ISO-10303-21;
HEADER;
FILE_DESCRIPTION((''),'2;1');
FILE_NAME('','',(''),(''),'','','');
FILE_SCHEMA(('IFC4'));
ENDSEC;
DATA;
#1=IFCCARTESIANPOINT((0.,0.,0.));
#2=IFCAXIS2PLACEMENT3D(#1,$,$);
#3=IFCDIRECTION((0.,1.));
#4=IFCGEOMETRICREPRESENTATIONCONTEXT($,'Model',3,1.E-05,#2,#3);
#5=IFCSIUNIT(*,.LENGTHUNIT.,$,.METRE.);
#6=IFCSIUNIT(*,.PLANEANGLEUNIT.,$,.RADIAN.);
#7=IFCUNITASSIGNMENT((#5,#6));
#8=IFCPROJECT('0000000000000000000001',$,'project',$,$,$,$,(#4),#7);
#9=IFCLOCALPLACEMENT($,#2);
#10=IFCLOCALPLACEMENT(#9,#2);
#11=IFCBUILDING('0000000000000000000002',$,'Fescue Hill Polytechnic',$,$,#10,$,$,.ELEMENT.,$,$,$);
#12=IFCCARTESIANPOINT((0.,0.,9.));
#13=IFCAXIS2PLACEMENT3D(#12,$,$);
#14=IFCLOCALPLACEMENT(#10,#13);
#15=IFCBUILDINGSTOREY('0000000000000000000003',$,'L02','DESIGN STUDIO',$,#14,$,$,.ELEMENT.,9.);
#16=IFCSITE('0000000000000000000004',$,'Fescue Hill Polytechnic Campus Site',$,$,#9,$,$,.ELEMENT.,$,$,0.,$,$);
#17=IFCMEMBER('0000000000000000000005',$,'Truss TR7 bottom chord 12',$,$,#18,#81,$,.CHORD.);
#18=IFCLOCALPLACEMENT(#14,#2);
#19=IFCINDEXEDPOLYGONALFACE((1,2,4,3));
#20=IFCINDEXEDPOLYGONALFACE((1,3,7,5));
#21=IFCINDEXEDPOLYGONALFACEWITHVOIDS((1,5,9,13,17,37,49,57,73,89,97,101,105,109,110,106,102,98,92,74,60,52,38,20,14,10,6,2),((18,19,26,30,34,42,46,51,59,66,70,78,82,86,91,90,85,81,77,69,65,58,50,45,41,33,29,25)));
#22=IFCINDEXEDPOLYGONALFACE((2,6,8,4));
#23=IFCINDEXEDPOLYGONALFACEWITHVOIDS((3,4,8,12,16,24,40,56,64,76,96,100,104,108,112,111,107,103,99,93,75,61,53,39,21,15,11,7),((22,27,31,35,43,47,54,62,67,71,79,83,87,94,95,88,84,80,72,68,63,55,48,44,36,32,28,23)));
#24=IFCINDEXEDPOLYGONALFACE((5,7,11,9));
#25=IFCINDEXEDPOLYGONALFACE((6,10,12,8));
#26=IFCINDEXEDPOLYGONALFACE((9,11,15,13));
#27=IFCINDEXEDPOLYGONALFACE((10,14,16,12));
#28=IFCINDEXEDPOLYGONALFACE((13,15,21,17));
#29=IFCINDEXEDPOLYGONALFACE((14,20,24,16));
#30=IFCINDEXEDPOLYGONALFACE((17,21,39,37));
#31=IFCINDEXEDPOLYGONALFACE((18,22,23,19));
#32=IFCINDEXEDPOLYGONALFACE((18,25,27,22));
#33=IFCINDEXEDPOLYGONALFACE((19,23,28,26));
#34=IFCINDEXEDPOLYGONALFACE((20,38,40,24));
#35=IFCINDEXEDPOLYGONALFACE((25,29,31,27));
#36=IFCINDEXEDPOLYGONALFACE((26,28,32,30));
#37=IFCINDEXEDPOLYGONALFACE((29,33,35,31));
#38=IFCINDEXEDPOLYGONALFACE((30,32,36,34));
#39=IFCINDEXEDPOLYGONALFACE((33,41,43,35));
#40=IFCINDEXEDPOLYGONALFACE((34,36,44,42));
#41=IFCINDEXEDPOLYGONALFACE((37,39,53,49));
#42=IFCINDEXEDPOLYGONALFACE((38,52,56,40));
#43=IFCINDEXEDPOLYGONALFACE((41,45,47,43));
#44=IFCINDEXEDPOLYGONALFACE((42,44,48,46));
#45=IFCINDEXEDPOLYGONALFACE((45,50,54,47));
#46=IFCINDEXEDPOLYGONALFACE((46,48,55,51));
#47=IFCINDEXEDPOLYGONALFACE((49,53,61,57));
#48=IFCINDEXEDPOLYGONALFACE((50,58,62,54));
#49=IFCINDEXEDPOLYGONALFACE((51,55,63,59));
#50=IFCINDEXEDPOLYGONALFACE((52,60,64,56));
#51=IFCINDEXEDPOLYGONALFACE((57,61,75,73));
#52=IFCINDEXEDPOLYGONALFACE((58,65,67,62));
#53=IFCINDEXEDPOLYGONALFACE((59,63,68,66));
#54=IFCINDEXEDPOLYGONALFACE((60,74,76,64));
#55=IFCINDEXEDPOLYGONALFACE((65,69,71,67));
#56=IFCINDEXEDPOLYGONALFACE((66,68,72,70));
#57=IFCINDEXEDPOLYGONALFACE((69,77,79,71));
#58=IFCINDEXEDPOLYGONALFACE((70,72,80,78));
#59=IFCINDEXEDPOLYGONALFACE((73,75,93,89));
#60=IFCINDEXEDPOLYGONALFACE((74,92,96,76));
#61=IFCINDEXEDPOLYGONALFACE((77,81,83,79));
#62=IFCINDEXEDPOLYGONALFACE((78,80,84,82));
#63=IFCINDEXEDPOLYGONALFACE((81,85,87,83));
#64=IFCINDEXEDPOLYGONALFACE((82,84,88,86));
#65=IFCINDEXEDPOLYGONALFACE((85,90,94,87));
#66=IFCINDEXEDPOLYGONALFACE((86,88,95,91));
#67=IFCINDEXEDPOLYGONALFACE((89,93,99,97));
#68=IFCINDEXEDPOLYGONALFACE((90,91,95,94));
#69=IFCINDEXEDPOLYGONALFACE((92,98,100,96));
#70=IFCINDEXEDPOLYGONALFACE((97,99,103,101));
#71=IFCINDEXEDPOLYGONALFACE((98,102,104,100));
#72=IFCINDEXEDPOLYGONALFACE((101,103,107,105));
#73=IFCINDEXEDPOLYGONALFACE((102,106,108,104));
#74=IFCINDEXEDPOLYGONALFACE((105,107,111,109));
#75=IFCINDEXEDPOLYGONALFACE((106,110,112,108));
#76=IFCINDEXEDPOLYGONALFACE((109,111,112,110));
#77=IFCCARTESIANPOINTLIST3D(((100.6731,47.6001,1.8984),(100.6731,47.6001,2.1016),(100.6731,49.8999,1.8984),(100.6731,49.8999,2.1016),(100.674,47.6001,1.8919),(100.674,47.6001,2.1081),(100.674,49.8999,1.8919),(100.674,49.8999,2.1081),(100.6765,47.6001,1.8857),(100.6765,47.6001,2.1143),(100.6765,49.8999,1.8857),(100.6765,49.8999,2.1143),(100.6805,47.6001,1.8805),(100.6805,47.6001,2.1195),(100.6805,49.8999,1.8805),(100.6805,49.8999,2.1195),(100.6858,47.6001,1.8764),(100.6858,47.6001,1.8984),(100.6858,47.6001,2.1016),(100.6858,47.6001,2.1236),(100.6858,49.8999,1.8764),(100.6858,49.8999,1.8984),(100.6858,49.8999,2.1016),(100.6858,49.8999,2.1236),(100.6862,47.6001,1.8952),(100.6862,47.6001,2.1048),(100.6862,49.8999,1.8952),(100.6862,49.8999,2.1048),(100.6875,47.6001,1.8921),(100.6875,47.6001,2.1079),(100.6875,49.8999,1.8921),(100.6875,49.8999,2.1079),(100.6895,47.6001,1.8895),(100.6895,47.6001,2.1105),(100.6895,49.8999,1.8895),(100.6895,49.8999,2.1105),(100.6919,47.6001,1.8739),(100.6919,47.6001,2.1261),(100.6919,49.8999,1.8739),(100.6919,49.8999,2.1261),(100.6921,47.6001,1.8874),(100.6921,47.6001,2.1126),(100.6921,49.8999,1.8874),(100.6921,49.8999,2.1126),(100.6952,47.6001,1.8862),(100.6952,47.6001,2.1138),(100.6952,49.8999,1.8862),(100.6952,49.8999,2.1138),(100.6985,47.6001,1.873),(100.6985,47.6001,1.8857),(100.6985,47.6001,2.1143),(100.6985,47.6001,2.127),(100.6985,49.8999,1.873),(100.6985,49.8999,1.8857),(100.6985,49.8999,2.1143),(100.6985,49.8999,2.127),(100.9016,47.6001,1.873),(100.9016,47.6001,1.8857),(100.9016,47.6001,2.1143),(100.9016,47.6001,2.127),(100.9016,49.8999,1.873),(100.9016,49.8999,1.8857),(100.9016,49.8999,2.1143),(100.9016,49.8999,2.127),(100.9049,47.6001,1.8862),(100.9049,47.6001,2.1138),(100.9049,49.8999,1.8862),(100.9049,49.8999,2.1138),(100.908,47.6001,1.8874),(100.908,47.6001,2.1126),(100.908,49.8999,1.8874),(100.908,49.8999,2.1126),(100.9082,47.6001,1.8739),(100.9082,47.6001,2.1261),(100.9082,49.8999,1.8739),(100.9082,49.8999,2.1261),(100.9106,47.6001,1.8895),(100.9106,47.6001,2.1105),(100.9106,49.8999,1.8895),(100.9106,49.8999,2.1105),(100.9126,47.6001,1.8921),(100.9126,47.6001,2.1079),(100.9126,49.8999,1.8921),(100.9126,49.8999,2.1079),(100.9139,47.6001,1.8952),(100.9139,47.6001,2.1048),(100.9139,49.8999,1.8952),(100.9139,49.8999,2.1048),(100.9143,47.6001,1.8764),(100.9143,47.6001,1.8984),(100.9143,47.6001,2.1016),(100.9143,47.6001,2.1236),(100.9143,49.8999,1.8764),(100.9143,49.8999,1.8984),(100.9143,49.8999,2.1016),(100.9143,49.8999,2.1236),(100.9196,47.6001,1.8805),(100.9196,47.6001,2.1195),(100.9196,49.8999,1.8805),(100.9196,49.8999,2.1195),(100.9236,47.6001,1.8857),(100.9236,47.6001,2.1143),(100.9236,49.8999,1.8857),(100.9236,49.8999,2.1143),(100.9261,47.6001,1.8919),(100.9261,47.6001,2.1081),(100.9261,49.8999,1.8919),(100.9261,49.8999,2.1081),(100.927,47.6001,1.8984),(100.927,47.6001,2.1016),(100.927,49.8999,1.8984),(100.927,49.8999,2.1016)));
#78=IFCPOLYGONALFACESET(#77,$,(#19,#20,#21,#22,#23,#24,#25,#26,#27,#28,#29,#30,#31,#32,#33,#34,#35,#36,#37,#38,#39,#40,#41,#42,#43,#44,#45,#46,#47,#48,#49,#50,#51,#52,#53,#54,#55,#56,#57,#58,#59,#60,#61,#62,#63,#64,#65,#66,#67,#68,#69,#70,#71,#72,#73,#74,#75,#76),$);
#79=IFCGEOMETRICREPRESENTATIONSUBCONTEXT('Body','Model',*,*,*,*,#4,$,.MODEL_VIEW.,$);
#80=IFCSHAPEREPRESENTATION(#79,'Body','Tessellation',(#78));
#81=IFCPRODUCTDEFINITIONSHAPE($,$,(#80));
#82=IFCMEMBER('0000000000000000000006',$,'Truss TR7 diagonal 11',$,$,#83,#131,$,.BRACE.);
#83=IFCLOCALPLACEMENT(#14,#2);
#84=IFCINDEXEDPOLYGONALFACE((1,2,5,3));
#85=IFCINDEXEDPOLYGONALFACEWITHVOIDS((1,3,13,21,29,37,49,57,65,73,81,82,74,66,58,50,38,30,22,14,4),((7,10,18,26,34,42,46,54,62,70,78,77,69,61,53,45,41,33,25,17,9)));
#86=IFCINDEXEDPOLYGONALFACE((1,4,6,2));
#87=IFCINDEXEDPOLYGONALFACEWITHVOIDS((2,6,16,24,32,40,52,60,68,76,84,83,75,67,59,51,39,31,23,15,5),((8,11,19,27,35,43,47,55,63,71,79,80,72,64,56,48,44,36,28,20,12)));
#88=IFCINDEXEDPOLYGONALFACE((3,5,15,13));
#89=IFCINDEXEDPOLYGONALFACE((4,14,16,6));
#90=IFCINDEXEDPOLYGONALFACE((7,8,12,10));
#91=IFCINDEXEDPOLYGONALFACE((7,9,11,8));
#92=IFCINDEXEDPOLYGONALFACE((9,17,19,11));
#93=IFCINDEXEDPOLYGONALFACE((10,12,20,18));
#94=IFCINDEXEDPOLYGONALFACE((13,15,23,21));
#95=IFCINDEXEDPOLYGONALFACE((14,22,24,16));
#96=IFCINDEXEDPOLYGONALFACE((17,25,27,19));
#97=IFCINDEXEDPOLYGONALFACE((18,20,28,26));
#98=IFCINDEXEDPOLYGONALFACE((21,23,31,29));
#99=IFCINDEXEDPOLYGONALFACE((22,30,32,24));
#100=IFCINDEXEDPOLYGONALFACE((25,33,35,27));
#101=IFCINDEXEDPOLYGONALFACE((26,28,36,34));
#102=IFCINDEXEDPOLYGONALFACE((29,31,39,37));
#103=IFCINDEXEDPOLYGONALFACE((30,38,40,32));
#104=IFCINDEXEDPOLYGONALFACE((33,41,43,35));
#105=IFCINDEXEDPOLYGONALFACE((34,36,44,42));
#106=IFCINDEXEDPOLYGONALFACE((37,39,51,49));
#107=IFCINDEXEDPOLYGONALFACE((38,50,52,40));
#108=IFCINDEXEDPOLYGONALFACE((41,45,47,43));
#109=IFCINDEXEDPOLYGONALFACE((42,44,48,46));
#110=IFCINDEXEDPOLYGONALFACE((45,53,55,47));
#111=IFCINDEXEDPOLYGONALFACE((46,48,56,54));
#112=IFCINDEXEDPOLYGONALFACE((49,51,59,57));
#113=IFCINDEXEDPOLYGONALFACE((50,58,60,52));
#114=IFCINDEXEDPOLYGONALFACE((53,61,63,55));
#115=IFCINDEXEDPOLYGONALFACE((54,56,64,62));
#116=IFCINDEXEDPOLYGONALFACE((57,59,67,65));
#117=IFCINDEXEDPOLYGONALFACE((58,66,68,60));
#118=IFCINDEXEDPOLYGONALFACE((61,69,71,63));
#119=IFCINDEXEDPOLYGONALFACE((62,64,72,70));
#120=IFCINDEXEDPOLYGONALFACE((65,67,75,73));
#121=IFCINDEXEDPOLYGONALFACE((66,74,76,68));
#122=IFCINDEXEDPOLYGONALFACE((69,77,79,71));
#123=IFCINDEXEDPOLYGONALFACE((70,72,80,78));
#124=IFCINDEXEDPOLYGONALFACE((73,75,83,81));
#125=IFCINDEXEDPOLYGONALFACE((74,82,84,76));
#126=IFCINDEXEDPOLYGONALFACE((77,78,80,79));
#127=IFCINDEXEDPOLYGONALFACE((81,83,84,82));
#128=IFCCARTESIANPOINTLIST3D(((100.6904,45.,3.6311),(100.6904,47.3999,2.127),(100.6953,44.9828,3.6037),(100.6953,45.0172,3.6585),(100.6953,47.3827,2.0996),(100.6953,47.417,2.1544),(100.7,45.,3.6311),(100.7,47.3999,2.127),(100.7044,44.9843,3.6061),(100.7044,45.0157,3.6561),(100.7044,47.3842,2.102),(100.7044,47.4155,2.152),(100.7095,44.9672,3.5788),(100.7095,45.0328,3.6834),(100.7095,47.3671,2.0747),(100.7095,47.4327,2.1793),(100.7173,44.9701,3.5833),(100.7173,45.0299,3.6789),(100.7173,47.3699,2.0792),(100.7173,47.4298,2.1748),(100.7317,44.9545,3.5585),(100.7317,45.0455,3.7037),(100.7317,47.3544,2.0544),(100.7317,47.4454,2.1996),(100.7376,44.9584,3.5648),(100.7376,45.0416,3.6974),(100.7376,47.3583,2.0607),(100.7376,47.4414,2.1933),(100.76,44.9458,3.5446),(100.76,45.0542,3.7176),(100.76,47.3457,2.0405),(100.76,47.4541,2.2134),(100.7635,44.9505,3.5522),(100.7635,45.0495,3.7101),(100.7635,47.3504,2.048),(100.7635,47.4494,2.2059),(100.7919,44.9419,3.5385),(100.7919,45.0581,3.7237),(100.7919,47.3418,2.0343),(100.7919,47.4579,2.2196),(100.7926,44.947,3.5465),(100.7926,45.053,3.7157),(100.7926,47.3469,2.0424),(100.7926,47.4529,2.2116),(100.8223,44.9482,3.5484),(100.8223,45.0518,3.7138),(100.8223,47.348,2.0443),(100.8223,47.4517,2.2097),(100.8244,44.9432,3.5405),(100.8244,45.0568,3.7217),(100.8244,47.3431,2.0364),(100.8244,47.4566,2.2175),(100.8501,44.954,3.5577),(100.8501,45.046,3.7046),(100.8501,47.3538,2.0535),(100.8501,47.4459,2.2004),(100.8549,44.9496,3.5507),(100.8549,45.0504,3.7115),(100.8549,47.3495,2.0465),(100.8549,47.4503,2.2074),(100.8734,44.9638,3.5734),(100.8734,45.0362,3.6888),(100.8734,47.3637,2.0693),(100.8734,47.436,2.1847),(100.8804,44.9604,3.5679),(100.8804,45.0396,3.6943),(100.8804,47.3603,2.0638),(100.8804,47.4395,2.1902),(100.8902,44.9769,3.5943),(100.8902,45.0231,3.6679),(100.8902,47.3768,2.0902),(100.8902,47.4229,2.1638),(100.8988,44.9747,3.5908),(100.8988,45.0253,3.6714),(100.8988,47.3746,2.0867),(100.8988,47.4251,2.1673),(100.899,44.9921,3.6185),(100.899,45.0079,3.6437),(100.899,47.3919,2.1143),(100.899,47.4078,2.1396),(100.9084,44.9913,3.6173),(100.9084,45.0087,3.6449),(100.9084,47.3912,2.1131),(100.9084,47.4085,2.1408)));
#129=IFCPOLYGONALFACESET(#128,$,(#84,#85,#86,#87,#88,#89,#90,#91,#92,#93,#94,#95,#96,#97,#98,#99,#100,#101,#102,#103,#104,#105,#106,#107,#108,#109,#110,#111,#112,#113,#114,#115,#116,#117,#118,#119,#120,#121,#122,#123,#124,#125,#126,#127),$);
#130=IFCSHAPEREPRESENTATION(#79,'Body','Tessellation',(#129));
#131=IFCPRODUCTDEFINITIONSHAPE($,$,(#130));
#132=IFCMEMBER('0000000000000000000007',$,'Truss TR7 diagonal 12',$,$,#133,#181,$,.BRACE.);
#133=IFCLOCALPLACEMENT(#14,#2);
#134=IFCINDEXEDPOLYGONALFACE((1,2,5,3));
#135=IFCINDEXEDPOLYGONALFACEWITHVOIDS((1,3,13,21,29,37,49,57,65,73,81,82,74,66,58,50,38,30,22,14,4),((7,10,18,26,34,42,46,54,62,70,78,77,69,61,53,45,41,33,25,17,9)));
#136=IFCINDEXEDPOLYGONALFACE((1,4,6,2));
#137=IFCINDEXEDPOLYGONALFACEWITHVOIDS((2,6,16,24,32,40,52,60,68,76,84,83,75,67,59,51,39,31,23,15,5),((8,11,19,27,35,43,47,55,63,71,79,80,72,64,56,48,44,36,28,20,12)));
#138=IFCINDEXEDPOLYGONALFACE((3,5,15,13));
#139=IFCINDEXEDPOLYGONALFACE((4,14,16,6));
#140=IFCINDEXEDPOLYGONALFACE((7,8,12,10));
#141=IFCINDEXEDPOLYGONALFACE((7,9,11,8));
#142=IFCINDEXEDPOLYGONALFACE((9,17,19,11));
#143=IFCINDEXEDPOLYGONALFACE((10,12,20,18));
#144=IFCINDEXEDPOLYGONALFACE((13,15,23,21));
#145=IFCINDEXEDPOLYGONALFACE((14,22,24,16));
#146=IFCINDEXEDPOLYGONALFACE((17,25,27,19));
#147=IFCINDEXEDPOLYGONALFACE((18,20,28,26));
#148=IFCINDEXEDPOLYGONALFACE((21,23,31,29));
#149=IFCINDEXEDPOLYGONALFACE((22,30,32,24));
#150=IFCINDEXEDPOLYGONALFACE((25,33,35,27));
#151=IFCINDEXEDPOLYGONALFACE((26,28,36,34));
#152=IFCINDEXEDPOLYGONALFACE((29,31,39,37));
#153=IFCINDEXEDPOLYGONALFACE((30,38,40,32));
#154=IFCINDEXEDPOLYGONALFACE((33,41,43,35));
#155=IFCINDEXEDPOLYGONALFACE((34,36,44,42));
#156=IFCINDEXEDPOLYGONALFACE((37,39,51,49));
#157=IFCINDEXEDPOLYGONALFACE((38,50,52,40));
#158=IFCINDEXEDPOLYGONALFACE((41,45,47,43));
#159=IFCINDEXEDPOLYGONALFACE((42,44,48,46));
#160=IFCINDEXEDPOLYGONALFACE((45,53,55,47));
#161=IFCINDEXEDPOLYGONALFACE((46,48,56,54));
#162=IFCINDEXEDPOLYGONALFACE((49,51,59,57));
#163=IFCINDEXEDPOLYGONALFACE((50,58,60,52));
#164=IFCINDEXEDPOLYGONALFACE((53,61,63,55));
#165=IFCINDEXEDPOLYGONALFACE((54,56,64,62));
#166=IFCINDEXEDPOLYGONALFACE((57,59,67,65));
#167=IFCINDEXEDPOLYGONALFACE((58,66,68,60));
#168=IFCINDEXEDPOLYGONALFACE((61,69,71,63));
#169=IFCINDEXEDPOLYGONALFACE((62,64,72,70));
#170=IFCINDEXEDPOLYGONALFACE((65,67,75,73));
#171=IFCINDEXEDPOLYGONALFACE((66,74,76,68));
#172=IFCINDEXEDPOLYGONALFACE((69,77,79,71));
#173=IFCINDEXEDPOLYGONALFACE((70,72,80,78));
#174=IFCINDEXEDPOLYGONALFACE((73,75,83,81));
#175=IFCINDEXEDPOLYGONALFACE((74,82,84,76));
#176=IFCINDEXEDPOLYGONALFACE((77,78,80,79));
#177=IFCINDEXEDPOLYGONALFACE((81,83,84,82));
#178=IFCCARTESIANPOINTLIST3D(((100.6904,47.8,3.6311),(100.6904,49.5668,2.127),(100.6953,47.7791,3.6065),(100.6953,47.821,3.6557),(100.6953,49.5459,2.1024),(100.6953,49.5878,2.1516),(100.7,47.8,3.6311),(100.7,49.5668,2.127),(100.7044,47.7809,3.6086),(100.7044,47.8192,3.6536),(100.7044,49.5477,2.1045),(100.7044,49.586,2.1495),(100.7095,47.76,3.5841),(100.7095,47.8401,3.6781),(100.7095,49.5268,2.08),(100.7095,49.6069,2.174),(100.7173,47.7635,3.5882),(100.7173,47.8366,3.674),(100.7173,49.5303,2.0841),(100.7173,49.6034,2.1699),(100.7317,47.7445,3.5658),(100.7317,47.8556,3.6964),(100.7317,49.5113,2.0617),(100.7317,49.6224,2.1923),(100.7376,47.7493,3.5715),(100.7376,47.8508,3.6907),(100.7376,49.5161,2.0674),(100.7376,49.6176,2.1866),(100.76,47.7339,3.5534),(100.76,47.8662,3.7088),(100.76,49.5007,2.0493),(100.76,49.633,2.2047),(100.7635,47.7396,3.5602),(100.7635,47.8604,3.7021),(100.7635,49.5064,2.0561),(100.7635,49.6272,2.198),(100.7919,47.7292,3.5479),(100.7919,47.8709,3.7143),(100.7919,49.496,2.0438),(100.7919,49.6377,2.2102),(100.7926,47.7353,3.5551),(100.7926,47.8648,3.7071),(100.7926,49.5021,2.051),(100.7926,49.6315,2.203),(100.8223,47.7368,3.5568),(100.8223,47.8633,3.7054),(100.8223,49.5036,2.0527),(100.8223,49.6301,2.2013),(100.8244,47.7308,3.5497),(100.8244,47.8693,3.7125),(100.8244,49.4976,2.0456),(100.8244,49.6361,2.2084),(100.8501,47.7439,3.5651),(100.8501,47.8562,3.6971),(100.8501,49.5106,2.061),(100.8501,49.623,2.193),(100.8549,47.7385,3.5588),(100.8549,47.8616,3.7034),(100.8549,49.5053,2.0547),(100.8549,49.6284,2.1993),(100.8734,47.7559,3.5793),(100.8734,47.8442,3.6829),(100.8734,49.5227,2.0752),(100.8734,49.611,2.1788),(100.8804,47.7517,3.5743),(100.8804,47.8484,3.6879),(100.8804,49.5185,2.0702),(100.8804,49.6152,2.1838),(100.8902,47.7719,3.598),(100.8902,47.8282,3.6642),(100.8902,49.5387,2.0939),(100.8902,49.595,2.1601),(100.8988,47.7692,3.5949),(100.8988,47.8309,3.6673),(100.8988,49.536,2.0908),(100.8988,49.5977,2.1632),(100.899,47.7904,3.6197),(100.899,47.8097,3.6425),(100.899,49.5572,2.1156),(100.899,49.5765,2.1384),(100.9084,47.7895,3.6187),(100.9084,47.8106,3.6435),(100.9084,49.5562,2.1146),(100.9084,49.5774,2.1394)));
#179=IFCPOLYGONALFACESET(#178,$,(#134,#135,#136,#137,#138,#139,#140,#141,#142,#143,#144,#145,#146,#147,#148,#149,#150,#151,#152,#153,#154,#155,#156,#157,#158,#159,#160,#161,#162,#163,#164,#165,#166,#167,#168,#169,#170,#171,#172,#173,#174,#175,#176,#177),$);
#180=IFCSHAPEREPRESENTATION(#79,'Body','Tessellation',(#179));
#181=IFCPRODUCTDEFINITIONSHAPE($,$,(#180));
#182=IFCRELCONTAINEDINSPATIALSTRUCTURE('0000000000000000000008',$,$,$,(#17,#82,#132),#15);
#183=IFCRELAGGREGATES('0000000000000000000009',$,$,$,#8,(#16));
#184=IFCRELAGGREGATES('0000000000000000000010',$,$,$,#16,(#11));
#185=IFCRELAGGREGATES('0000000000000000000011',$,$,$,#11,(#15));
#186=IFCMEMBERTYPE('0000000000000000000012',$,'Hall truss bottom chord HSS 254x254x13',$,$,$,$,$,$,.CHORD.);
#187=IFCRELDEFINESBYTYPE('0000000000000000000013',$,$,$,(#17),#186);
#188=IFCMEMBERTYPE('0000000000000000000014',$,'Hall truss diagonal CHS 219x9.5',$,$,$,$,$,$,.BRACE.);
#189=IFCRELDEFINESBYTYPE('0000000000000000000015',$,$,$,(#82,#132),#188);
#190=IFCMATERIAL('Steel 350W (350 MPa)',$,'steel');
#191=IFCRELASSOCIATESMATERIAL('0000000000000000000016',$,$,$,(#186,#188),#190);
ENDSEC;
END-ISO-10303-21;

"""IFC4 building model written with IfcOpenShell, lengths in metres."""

from ifc_helpers import new_model, si_unit, direction, frame, origin, origin_2d, place, context, subcontext, project, spatial, hollow_rectangle, hollow_circle, extrude, material, material_profile, profile_set, type_object, element, save


model = new_model("IFC4")

# Units and contexts
model_context = context("Model", 3, precision=1e-05, world=origin(), true_north=direction((0.0, 1.0)))
body_context = subcontext(model_context, "Body", "Model", "MODEL_VIEW")
ifc_project = project(units=[si_unit("LENGTHUNIT", "METRE"), si_unit("PLANEANGLEUNIT", "RADIAN")], contexts=[model_context])

# Site, building, storey
site_placement = place(None, origin())
site = spatial("IfcSite", under=ifc_project, at=site_placement, Name="Fescue Hill Polytechnic Campus Site", CompositionType="ELEMENT", RefElevation=0.0)
building_placement = place(site_placement, origin())
building = spatial("IfcBuilding", under=site, at=building_placement, Name="Fescue Hill Polytechnic", CompositionType="ELEMENT")
storey_placement = place(building_placement, frame((0.0, 0.0, 9.0)))
storey = spatial("IfcBuildingStorey", under=building, at=storey_placement, Name="L02", Description="DESIGN STUDIO", CompositionType="ELEMENT", Elevation=9.0)

# Members
ifc_material_1 = material(Name="Steel 350W (350 MPa)", Category="steel")
ifc_material_profile_1 = material_profile(ifc_material_1, hollow_rectangle(XDim=0.2539, YDim=0.2539, WallThickness=0.0127, InnerFilletRadius=0.0127, OuterFilletRadius=0.0254, at=origin_2d()), Name="Hall truss bottom chord HSS 254x254x13")
ifc_profile_set_1 = profile_set([ifc_material_profile_1], Name="Steel 350W (350 MPa)")
member_type_1 = type_object("IfcMemberType", Name="Hall truss bottom chord HSS 254x254x13", PredefinedType="CHORD", material=ifc_profile_set_1)
member_1_placement = place(storey_placement, frame((100.8, 47.6001, 2.0), z_axis=(0.0, 1.0, 0.0), x_axis=(-1.0, 0.0, 0.0)))
element("IfcMember", 1, at=member_1_placement, inside=storey, type_object=member_type_1, Name="Truss TR7 bottom chord 12", PredefinedType="CHORD", context=body_context, shape_type="SweptSolid", body=[
    extrude(hollow_rectangle(XDim=0.2539, YDim=0.2539, WallThickness=0.0127, InnerFilletRadius=0.0127, OuterFilletRadius=0.0254, at=origin_2d()), origin(), (0.0, 0.0, 1.0), 2.2998),
])
ifc_material_profile_2 = material_profile(ifc_material_1, hollow_circle(Radius=0.1096, WallThickness=0.0095, at=origin_2d()), Name="Hall truss diagonal CHS 219x9.5")
ifc_profile_set_2 = profile_set([ifc_material_profile_2], Name="Steel 350W (350 MPa)")
member_type_2 = type_object("IfcMemberType", Name="Hall truss diagonal CHS 219x9.5", PredefinedType="BRACE", material=ifc_profile_set_2)
member_2_placement = place(storey_placement, frame((100.8, 45.0, 3.6311), z_axis=(0.0, 0.847329, -0.531068), x_axis=(-1.0, 0.0, 0.0)))
element("IfcMember", 2, at=member_2_placement, inside=storey, type_object=member_type_2, Name="Truss TR7 diagonal 11", PredefinedType="BRACE", context=body_context, shape_type="SweptSolid", body=[
    extrude(hollow_circle(Radius=0.1096, WallThickness=0.0095, at=origin_2d()), origin(), (0.0, 0.0, 1.0), 2.8323),
])
member_3_placement = place(storey_placement, frame((100.8, 47.8, 3.6311), z_axis=(0.0, 0.761443, -0.648232), x_axis=(-1.0, 0.0, 0.0)))
element("IfcMember", 3, at=member_3_placement, inside=storey, type_object=member_type_2, Name="Truss TR7 diagonal 12", PredefinedType="BRACE", context=body_context, shape_type="SweptSolid", body=[
    extrude(hollow_circle(Radius=0.1096, WallThickness=0.0095, at=origin_2d()), origin(), (0.0, 0.0, 1.0), 2.3203),
])

save(model, "model.ifc")
